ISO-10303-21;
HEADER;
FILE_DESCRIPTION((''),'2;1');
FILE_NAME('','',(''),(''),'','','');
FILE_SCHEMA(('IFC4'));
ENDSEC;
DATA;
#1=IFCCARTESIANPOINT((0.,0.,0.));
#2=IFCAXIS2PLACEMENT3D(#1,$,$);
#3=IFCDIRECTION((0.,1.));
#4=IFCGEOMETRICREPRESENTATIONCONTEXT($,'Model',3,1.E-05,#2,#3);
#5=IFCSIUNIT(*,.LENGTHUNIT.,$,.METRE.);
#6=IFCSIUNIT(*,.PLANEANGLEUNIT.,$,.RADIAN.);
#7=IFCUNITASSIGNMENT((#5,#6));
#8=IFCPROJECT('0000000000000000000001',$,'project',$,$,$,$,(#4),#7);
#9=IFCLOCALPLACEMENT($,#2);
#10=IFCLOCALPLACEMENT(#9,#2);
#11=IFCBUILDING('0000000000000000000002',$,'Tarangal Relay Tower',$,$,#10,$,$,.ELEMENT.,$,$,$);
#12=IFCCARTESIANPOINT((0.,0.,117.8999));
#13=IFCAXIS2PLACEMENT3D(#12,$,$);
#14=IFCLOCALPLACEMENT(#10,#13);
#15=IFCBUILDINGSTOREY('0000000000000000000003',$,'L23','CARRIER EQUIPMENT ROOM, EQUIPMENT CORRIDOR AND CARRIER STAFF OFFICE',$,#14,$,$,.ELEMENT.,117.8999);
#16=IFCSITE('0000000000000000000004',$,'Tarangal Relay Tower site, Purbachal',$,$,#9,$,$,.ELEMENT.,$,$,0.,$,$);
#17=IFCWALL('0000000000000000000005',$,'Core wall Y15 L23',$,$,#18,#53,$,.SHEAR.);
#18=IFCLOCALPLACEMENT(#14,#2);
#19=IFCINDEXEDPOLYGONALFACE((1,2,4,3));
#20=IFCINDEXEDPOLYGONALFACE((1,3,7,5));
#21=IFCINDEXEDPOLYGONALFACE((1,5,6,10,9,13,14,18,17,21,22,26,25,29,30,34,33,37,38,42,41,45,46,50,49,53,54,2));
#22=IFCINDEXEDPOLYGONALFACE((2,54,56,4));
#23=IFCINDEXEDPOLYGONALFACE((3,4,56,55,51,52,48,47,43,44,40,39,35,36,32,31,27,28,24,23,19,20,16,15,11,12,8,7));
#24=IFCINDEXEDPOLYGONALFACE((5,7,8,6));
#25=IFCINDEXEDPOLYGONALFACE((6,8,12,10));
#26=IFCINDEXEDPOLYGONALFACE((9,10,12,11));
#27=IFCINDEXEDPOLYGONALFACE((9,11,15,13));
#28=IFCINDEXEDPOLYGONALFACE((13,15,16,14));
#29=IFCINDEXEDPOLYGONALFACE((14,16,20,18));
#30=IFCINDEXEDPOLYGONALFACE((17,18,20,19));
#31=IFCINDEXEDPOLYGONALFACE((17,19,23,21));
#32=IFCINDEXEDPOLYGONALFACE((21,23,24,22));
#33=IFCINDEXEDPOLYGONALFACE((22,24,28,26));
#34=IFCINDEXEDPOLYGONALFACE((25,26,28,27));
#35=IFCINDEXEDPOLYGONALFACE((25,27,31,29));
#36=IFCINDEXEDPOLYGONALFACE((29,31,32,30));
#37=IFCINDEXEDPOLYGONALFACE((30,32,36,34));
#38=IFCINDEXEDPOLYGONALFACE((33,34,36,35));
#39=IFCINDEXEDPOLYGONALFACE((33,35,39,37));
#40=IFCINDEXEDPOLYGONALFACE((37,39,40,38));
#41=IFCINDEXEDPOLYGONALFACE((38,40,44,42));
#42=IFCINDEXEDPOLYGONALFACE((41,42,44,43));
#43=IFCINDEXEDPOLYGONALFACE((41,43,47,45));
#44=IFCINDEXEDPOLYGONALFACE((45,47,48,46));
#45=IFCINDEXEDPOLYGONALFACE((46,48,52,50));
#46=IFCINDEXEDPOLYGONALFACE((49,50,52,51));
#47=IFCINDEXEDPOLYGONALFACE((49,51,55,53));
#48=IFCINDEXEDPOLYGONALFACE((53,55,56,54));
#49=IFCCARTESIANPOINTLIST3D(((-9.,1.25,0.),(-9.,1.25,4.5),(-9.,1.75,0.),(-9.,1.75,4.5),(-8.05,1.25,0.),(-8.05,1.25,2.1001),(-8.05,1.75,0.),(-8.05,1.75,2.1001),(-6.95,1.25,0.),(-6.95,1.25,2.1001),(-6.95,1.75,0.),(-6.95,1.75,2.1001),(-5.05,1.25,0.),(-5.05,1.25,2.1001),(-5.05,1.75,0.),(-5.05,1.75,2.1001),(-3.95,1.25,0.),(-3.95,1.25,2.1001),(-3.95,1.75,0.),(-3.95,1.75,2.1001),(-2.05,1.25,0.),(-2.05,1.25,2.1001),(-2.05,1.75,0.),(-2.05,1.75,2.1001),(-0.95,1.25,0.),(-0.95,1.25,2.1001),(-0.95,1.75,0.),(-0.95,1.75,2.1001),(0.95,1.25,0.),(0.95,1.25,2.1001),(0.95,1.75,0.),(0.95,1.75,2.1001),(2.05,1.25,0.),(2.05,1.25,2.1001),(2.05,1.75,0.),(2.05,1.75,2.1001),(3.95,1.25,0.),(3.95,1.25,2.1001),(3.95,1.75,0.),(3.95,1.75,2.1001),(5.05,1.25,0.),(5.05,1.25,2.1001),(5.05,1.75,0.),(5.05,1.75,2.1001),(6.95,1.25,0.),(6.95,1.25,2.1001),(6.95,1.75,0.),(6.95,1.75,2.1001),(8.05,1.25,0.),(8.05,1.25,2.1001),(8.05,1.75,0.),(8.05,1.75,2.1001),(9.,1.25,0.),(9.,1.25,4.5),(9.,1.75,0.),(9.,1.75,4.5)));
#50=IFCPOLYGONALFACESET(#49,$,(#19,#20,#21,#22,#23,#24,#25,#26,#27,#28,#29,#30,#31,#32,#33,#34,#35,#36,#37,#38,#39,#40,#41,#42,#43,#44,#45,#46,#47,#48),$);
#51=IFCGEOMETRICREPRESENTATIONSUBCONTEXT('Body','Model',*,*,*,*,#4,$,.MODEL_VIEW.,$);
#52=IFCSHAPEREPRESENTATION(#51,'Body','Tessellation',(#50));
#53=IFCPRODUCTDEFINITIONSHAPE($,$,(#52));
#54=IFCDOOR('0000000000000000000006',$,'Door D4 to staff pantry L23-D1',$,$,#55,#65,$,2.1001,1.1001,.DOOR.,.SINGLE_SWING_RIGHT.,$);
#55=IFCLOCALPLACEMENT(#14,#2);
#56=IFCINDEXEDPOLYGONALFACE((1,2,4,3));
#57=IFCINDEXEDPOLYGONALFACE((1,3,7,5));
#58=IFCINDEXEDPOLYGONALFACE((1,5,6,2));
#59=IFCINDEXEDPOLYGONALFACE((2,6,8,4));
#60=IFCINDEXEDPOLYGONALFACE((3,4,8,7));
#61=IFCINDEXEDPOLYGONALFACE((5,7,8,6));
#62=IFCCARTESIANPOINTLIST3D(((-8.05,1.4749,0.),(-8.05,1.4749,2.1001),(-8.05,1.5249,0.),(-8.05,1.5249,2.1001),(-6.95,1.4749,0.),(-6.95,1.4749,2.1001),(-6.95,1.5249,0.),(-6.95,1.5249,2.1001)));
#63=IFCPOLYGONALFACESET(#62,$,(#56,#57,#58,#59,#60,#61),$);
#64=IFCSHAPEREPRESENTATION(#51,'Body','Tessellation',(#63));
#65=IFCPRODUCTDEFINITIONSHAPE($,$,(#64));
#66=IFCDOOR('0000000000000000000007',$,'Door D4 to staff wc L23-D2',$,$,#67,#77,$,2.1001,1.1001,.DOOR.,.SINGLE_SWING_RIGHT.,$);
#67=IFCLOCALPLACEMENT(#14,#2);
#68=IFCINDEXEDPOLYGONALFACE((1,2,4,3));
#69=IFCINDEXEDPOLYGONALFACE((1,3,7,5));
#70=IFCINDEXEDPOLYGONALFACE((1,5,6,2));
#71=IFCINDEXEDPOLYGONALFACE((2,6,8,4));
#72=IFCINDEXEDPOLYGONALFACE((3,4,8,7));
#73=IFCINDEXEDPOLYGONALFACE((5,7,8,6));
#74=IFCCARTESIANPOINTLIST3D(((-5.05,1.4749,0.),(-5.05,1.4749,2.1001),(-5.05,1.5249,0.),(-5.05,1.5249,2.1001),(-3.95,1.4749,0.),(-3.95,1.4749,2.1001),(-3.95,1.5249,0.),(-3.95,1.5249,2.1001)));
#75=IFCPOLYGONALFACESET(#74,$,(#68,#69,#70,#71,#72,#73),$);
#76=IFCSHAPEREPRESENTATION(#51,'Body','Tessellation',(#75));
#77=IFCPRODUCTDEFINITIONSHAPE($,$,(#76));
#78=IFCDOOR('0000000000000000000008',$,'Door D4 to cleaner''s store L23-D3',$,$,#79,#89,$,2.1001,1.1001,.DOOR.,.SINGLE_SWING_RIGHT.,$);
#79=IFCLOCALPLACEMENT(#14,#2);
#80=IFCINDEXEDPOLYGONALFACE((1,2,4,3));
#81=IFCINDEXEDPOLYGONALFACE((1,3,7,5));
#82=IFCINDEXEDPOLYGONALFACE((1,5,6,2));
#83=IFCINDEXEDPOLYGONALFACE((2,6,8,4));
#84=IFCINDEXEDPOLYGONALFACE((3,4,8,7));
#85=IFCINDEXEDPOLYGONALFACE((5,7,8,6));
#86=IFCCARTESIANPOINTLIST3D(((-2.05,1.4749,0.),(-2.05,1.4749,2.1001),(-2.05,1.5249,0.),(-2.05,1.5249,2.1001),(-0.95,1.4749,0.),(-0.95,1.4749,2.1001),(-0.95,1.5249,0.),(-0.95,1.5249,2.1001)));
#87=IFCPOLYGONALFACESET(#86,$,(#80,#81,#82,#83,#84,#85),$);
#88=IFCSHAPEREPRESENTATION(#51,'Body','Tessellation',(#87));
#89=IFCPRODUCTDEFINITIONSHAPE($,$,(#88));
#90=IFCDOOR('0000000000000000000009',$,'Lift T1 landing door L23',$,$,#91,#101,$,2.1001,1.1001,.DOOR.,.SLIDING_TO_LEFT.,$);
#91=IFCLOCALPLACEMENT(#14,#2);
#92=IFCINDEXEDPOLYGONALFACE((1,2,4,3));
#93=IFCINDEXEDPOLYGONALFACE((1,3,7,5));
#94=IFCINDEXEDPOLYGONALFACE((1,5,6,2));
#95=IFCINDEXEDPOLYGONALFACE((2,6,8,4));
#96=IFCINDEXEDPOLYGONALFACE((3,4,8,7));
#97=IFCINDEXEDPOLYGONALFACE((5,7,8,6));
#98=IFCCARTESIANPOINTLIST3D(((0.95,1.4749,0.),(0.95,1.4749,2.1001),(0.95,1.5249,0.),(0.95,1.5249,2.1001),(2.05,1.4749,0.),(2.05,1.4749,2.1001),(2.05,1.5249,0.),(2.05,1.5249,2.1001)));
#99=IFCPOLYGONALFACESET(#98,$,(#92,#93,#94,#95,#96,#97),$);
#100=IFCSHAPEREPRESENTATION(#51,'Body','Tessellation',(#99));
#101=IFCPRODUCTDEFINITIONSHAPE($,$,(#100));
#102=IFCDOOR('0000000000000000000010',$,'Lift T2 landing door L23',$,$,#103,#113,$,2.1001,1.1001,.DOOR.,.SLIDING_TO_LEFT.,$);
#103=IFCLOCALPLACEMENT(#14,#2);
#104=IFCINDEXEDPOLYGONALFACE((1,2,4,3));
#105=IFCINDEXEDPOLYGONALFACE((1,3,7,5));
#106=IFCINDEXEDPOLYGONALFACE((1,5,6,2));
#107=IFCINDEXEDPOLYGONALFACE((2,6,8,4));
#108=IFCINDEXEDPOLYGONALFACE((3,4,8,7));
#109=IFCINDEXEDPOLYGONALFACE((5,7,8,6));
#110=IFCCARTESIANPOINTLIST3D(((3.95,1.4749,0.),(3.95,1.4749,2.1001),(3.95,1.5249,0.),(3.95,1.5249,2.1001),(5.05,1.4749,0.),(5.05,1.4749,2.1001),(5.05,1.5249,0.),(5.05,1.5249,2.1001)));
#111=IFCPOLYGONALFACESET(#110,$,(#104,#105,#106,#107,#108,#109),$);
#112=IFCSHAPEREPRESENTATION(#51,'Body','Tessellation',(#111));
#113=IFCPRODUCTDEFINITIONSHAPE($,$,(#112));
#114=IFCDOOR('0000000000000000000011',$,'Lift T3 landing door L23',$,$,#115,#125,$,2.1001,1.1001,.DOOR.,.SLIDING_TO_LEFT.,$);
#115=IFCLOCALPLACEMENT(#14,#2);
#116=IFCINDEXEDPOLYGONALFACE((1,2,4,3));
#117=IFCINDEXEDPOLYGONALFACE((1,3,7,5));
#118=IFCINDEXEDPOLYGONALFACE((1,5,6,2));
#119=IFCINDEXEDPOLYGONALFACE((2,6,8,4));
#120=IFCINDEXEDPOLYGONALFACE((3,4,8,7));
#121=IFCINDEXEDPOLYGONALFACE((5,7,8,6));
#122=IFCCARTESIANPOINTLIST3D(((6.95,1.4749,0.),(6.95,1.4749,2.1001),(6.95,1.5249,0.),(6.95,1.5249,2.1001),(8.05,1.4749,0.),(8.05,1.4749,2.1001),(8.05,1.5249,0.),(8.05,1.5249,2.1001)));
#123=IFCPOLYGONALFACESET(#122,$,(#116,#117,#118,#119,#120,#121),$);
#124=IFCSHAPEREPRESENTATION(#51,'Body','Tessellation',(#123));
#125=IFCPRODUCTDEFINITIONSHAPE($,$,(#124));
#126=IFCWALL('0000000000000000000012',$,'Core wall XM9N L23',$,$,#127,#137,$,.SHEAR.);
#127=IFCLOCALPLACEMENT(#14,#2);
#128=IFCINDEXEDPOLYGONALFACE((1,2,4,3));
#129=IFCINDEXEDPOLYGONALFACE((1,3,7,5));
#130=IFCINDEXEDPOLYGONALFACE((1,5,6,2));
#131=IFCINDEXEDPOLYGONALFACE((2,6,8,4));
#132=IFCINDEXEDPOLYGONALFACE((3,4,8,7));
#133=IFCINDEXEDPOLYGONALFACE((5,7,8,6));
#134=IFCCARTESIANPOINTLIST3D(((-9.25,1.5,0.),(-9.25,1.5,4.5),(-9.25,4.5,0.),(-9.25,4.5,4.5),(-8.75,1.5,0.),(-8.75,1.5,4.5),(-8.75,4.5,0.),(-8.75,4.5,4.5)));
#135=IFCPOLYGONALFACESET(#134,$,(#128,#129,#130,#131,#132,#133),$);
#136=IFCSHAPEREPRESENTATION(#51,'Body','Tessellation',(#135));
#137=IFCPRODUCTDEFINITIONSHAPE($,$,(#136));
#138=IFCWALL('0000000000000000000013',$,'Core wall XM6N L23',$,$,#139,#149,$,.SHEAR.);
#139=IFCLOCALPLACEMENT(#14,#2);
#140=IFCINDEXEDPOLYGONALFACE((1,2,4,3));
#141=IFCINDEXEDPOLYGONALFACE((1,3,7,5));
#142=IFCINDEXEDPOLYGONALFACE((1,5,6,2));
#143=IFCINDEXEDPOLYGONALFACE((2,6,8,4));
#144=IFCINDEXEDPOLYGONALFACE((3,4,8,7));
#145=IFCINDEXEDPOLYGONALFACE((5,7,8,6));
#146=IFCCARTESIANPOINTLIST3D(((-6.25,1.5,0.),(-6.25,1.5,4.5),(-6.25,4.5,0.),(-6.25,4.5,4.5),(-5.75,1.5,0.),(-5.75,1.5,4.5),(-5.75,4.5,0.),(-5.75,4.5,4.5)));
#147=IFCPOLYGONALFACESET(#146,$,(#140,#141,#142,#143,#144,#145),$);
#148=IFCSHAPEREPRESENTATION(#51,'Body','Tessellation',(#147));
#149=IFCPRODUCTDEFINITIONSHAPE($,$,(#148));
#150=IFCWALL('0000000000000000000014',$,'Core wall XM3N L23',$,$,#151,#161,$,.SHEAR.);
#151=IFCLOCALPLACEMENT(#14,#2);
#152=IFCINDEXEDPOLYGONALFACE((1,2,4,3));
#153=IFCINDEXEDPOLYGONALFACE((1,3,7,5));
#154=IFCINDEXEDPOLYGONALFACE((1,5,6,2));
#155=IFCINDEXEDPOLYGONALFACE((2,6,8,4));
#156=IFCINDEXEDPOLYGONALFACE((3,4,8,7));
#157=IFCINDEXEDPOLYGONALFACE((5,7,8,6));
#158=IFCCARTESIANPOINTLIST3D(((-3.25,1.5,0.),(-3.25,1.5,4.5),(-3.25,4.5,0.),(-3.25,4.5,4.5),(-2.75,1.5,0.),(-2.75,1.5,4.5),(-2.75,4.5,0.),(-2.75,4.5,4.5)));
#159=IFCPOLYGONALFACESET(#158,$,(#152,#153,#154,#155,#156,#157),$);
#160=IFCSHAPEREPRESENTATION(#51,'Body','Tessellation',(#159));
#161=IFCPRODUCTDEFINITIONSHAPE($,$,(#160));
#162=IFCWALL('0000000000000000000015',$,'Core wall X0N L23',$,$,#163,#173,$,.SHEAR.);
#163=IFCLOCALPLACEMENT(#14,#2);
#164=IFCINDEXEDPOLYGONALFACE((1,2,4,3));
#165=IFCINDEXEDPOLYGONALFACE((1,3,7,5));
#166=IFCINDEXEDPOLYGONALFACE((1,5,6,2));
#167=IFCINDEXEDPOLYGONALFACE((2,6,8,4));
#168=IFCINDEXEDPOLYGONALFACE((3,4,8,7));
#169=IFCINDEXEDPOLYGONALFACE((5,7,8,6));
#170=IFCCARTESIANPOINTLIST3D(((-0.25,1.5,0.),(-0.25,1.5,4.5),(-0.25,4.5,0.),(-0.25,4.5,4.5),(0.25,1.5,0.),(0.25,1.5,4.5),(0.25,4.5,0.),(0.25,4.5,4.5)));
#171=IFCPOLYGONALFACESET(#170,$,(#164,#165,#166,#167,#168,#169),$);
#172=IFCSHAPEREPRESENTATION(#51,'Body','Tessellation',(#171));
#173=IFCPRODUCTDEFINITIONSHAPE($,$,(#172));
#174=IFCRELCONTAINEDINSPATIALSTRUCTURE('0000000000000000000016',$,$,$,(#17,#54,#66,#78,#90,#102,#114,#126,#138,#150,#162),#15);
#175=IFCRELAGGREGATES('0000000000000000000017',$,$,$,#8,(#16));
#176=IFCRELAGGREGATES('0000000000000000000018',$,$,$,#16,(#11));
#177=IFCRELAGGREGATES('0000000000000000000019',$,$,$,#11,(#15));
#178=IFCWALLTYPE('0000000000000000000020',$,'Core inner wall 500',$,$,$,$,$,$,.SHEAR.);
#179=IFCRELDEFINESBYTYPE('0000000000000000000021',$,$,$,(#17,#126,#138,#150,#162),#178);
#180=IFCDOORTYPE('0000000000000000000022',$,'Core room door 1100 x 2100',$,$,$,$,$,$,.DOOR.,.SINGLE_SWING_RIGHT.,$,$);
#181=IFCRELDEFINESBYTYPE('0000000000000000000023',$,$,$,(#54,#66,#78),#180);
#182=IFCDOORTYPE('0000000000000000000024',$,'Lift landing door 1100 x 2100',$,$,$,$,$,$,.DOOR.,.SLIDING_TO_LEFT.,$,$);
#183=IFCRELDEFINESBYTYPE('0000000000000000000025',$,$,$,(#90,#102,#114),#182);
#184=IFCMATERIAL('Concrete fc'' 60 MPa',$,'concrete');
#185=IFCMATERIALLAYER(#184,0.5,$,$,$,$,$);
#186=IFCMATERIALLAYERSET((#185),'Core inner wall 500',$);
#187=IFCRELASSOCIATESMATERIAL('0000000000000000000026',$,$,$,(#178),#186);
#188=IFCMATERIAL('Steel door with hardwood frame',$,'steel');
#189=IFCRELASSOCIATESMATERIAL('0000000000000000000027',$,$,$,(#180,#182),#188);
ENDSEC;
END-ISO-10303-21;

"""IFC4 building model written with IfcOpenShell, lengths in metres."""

from ifc_helpers import new_model, si_unit, direction, frame, frame_2d, origin, place, context, subcontext, project, spatial, rectangle, extrude, material, layer, layer_set, type_object, element, fill, save


model = new_model("IFC4")

# Units and contexts
model_context = context("Model", 3, precision=1e-05, world=origin(), true_north=direction((0.0, 1.0)))
body_context = subcontext(model_context, "Body", "Model", "MODEL_VIEW")
ifc_project = project(units=[si_unit("LENGTHUNIT", "METRE"), si_unit("PLANEANGLEUNIT", "RADIAN")], contexts=[model_context])

# Site, building, storey
site_placement = place(None, origin())
site = spatial("IfcSite", under=ifc_project, at=site_placement, Name="Tarangal Relay Tower site, Purbachal", CompositionType="ELEMENT", RefElevation=0.0)
building_placement = place(site_placement, origin())
building = spatial("IfcBuilding", under=site, at=building_placement, Name="Tarangal Relay Tower", CompositionType="ELEMENT")
storey_placement = place(building_placement, frame((0.0, 0.0, 117.8999)))
storey = spatial("IfcBuildingStorey", under=building, at=storey_placement, Name="L23", Description="CARRIER EQUIPMENT ROOM, EQUIPMENT CORRIDOR AND CARRIER STAFF OFFICE", CompositionType="ELEMENT", Elevation=117.8999)

# Wall, openings, doors
ifc_material_1 = material(Name="Concrete fc' 60 MPa", Category="concrete")
ifc_layer_1 = layer(ifc_material_1, 0.5)
ifc_layer_set_1 = layer_set([ifc_layer_1], Name="Core inner wall 500")
wall_type = type_object("IfcWallType", Name="Core inner wall 500", PredefinedType="SHEAR", material=ifc_layer_set_1)
wall_1_placement = place(storey_placement, frame((-9.0, 1.5, 0.0), z_axis=(0.0, 0.0, 1.0), x_axis=(1.0, 0.0, 0.0)))
wall_1 = element("IfcWall", 1, at=wall_1_placement, inside=storey, type_object=wall_type, Name="Core wall Y15 L23", PredefinedType="SHEAR", context=body_context, shape_type="SweptSolid", body=[
    extrude(rectangle(XDim=18.0, YDim=0.5, at=frame_2d((9.0, 0.0))), origin(), (0.0, 0.0, 1.0), 4.5),
])
opening_1_placement = place(wall_1_placement, frame((9.95, 0.0, 0.0)))
opening_1 = element("IfcOpeningElement", 2, at=opening_1_placement, cuts=wall_1, PredefinedType="OPENING", context=body_context, shape_type="SweptSolid", body=[
    extrude(rectangle(XDim=1.1001, YDim=2.1001, at=frame_2d((0.55, 1.05))), frame((0.0, 0.26, 0.0), z_axis=(0.0, -1.0, 0.0), x_axis=(1.0, 0.0, 0.0)), (0.0, 0.0, 1.0), 0.52),
])
opening_2_placement = place(wall_1_placement, frame((12.95, 0.0, 0.0)))
opening_2 = element("IfcOpeningElement", 3, at=opening_2_placement, cuts=wall_1, PredefinedType="OPENING", context=body_context, shape_type="SweptSolid", body=[
    extrude(rectangle(XDim=1.1001, YDim=2.1001, at=frame_2d((0.55, 1.05))), frame((0.0, 0.26, 0.0), z_axis=(0.0, -1.0, 0.0), x_axis=(1.0, 0.0, 0.0)), (0.0, 0.0, 1.0), 0.52),
])
opening_3_placement = place(wall_1_placement, frame((15.95, 0.0, 0.0)))
opening_3 = element("IfcOpeningElement", 4, at=opening_3_placement, cuts=wall_1, PredefinedType="OPENING", context=body_context, shape_type="SweptSolid", body=[
    extrude(rectangle(XDim=1.1001, YDim=2.1001, at=frame_2d((0.55, 1.05))), frame((0.0, 0.26, 0.0), z_axis=(0.0, -1.0, 0.0), x_axis=(1.0, 0.0, 0.0)), (0.0, 0.0, 1.0), 0.52),
])
opening_4_placement = place(wall_1_placement, frame((0.95, 0.0, 0.0)))
opening_4 = element("IfcOpeningElement", 5, at=opening_4_placement, cuts=wall_1, PredefinedType="OPENING", context=body_context, shape_type="SweptSolid", body=[
    extrude(rectangle(XDim=1.1001, YDim=2.1001, at=frame_2d((0.55, 1.05))), frame((0.0, 0.26, 0.0), z_axis=(0.0, -1.0, 0.0), x_axis=(1.0, 0.0, 0.0)), (0.0, 0.0, 1.0), 0.52),
])
opening_5_placement = place(wall_1_placement, frame((3.95, 0.0, 0.0)))
opening_5 = element("IfcOpeningElement", 6, at=opening_5_placement, cuts=wall_1, PredefinedType="OPENING", context=body_context, shape_type="SweptSolid", body=[
    extrude(rectangle(XDim=1.1001, YDim=2.1001, at=frame_2d((0.55, 1.05))), frame((0.0, 0.26, 0.0), z_axis=(0.0, -1.0, 0.0), x_axis=(1.0, 0.0, 0.0)), (0.0, 0.0, 1.0), 0.52),
])
opening_6_placement = place(wall_1_placement, frame((6.95, 0.0, 0.0)))
opening_6 = element("IfcOpeningElement", 7, at=opening_6_placement, cuts=wall_1, PredefinedType="OPENING", context=body_context, shape_type="SweptSolid", body=[
    extrude(rectangle(XDim=1.1001, YDim=2.1001, at=frame_2d((0.55, 1.05))), frame((0.0, 0.26, 0.0), z_axis=(0.0, -1.0, 0.0), x_axis=(1.0, 0.0, 0.0)), (0.0, 0.0, 1.0), 0.52),
])
ifc_material_2 = material(Name="Steel door with hardwood frame", Category="steel")
door_type_1 = type_object("IfcDoorType", Name="Core room door 1100 x 2100", OperationType="SINGLE_SWING_RIGHT", PredefinedType="DOOR", material=ifc_material_2)
door_1_placement = place(opening_4_placement, origin())
door_1 = element("IfcDoor", 8, at=door_1_placement, inside=storey, type_object=door_type_1, Name="Door D4 to staff pantry L23-D1", OperationType="SINGLE_SWING_RIGHT", OverallHeight=2.1001, OverallWidth=1.1001, PredefinedType="DOOR", context=body_context, shape_type="SweptSolid", body=[
    extrude(rectangle(XDim=1.1001, YDim=2.1001, at=frame_2d((0.55, 1.05))), frame((0.0, 0.0249, 0.0), z_axis=(0.0, -1.0, 0.0), x_axis=(1.0, 0.0, 0.0)), (0.0, 0.0, 1.0), 0.05),
])
fill(opening_4, door_1)
door_2_placement = place(opening_5_placement, origin())
door_2 = element("IfcDoor", 9, at=door_2_placement, inside=storey, type_object=door_type_1, Name="Door D4 to staff wc L23-D2", OperationType="SINGLE_SWING_RIGHT", OverallHeight=2.1001, OverallWidth=1.1001, PredefinedType="DOOR", context=body_context, shape_type="SweptSolid", body=[
    extrude(rectangle(XDim=1.1001, YDim=2.1001, at=frame_2d((0.55, 1.05))), frame((0.0, 0.0249, 0.0), z_axis=(0.0, -1.0, 0.0), x_axis=(1.0, 0.0, 0.0)), (0.0, 0.0, 1.0), 0.05),
])
fill(opening_5, door_2)
door_3_placement = place(opening_6_placement, origin())
door_3 = element("IfcDoor", 10, at=door_3_placement, inside=storey, type_object=door_type_1, Name="Door D4 to cleaner's store L23-D3", OperationType="SINGLE_SWING_RIGHT", OverallHeight=2.1001, OverallWidth=1.1001, PredefinedType="DOOR", context=body_context, shape_type="SweptSolid", body=[
    extrude(rectangle(XDim=1.1001, YDim=2.1001, at=frame_2d((0.55, 1.05))), frame((0.0, 0.0249, 0.0), z_axis=(0.0, -1.0, 0.0), x_axis=(1.0, 0.0, 0.0)), (0.0, 0.0, 1.0), 0.05),
])
fill(opening_6, door_3)
door_type_2 = type_object("IfcDoorType", Name="Lift landing door 1100 x 2100", OperationType="SLIDING_TO_LEFT", PredefinedType="DOOR", material=ifc_material_2)
door_4_placement = place(opening_1_placement, origin())
door_4 = element("IfcDoor", 11, at=door_4_placement, inside=storey, type_object=door_type_2, Name="Lift T1 landing door L23", OperationType="SLIDING_TO_LEFT", OverallHeight=2.1001, OverallWidth=1.1001, PredefinedType="DOOR", context=body_context, shape_type="SweptSolid", body=[
    extrude(rectangle(XDim=1.1001, YDim=2.1001, at=frame_2d((0.55, 1.05))), frame((0.0, 0.0249, 0.0), z_axis=(0.0, -1.0, 0.0), x_axis=(1.0, 0.0, 0.0)), (0.0, 0.0, 1.0), 0.05),
])
fill(opening_1, door_4)
door_5_placement = place(opening_2_placement, origin())
door_5 = element("IfcDoor", 12, at=door_5_placement, inside=storey, type_object=door_type_2, Name="Lift T2 landing door L23", OperationType="SLIDING_TO_LEFT", OverallHeight=2.1001, OverallWidth=1.1001, PredefinedType="DOOR", context=body_context, shape_type="SweptSolid", body=[
    extrude(rectangle(XDim=1.1001, YDim=2.1001, at=frame_2d((0.55, 1.05))), frame((0.0, 0.0249, 0.0), z_axis=(0.0, -1.0, 0.0), x_axis=(1.0, 0.0, 0.0)), (0.0, 0.0, 1.0), 0.05),
])
fill(opening_2, door_5)
door_6_placement = place(opening_3_placement, origin())
door_6 = element("IfcDoor", 13, at=door_6_placement, inside=storey, type_object=door_type_2, Name="Lift T3 landing door L23", OperationType="SLIDING_TO_LEFT", OverallHeight=2.1001, OverallWidth=1.1001, PredefinedType="DOOR", context=body_context, shape_type="SweptSolid", body=[
    extrude(rectangle(XDim=1.1001, YDim=2.1001, at=frame_2d((0.55, 1.05))), frame((0.0, 0.0249, 0.0), z_axis=(0.0, -1.0, 0.0), x_axis=(1.0, 0.0, 0.0)), (0.0, 0.0, 1.0), 0.05),
])
fill(opening_3, door_6)

# Walls
for number, where, z_axis, x_axis, name in (
    (14, (-9.0, 1.5, 0.0), (0.0, 0.0, 1.0), (0.0, 1.0, 0.0), "Core wall XM9N L23"),
    (15, (-6.0, 1.5, 0.0), (0.0, 0.0, 1.0), (0.0, 1.0, 0.0), "Core wall XM6N L23"),
    (16, (-3.0, 1.5, 0.0), (0.0, 0.0, 1.0), (0.0, 1.0, 0.0), "Core wall XM3N L23"),
    (17, (0.0, 1.5, 0.0), (0.0, 0.0, 1.0), (0.0, 1.0, 0.0), "Core wall X0N L23"),
):
    element("IfcWall", number, at=place(storey_placement, frame(where, z_axis=z_axis, x_axis=x_axis)), inside=storey, type_object=wall_type, Name=name, PredefinedType="SHEAR", context=body_context, shape_type="SweptSolid", body=[
        extrude(rectangle(XDim=3.0, YDim=0.5, at=frame_2d((1.5, 0.0))), origin(), (0.0, 0.0, 1.0), 4.5),
    ])

save(model, "model.ifc")
